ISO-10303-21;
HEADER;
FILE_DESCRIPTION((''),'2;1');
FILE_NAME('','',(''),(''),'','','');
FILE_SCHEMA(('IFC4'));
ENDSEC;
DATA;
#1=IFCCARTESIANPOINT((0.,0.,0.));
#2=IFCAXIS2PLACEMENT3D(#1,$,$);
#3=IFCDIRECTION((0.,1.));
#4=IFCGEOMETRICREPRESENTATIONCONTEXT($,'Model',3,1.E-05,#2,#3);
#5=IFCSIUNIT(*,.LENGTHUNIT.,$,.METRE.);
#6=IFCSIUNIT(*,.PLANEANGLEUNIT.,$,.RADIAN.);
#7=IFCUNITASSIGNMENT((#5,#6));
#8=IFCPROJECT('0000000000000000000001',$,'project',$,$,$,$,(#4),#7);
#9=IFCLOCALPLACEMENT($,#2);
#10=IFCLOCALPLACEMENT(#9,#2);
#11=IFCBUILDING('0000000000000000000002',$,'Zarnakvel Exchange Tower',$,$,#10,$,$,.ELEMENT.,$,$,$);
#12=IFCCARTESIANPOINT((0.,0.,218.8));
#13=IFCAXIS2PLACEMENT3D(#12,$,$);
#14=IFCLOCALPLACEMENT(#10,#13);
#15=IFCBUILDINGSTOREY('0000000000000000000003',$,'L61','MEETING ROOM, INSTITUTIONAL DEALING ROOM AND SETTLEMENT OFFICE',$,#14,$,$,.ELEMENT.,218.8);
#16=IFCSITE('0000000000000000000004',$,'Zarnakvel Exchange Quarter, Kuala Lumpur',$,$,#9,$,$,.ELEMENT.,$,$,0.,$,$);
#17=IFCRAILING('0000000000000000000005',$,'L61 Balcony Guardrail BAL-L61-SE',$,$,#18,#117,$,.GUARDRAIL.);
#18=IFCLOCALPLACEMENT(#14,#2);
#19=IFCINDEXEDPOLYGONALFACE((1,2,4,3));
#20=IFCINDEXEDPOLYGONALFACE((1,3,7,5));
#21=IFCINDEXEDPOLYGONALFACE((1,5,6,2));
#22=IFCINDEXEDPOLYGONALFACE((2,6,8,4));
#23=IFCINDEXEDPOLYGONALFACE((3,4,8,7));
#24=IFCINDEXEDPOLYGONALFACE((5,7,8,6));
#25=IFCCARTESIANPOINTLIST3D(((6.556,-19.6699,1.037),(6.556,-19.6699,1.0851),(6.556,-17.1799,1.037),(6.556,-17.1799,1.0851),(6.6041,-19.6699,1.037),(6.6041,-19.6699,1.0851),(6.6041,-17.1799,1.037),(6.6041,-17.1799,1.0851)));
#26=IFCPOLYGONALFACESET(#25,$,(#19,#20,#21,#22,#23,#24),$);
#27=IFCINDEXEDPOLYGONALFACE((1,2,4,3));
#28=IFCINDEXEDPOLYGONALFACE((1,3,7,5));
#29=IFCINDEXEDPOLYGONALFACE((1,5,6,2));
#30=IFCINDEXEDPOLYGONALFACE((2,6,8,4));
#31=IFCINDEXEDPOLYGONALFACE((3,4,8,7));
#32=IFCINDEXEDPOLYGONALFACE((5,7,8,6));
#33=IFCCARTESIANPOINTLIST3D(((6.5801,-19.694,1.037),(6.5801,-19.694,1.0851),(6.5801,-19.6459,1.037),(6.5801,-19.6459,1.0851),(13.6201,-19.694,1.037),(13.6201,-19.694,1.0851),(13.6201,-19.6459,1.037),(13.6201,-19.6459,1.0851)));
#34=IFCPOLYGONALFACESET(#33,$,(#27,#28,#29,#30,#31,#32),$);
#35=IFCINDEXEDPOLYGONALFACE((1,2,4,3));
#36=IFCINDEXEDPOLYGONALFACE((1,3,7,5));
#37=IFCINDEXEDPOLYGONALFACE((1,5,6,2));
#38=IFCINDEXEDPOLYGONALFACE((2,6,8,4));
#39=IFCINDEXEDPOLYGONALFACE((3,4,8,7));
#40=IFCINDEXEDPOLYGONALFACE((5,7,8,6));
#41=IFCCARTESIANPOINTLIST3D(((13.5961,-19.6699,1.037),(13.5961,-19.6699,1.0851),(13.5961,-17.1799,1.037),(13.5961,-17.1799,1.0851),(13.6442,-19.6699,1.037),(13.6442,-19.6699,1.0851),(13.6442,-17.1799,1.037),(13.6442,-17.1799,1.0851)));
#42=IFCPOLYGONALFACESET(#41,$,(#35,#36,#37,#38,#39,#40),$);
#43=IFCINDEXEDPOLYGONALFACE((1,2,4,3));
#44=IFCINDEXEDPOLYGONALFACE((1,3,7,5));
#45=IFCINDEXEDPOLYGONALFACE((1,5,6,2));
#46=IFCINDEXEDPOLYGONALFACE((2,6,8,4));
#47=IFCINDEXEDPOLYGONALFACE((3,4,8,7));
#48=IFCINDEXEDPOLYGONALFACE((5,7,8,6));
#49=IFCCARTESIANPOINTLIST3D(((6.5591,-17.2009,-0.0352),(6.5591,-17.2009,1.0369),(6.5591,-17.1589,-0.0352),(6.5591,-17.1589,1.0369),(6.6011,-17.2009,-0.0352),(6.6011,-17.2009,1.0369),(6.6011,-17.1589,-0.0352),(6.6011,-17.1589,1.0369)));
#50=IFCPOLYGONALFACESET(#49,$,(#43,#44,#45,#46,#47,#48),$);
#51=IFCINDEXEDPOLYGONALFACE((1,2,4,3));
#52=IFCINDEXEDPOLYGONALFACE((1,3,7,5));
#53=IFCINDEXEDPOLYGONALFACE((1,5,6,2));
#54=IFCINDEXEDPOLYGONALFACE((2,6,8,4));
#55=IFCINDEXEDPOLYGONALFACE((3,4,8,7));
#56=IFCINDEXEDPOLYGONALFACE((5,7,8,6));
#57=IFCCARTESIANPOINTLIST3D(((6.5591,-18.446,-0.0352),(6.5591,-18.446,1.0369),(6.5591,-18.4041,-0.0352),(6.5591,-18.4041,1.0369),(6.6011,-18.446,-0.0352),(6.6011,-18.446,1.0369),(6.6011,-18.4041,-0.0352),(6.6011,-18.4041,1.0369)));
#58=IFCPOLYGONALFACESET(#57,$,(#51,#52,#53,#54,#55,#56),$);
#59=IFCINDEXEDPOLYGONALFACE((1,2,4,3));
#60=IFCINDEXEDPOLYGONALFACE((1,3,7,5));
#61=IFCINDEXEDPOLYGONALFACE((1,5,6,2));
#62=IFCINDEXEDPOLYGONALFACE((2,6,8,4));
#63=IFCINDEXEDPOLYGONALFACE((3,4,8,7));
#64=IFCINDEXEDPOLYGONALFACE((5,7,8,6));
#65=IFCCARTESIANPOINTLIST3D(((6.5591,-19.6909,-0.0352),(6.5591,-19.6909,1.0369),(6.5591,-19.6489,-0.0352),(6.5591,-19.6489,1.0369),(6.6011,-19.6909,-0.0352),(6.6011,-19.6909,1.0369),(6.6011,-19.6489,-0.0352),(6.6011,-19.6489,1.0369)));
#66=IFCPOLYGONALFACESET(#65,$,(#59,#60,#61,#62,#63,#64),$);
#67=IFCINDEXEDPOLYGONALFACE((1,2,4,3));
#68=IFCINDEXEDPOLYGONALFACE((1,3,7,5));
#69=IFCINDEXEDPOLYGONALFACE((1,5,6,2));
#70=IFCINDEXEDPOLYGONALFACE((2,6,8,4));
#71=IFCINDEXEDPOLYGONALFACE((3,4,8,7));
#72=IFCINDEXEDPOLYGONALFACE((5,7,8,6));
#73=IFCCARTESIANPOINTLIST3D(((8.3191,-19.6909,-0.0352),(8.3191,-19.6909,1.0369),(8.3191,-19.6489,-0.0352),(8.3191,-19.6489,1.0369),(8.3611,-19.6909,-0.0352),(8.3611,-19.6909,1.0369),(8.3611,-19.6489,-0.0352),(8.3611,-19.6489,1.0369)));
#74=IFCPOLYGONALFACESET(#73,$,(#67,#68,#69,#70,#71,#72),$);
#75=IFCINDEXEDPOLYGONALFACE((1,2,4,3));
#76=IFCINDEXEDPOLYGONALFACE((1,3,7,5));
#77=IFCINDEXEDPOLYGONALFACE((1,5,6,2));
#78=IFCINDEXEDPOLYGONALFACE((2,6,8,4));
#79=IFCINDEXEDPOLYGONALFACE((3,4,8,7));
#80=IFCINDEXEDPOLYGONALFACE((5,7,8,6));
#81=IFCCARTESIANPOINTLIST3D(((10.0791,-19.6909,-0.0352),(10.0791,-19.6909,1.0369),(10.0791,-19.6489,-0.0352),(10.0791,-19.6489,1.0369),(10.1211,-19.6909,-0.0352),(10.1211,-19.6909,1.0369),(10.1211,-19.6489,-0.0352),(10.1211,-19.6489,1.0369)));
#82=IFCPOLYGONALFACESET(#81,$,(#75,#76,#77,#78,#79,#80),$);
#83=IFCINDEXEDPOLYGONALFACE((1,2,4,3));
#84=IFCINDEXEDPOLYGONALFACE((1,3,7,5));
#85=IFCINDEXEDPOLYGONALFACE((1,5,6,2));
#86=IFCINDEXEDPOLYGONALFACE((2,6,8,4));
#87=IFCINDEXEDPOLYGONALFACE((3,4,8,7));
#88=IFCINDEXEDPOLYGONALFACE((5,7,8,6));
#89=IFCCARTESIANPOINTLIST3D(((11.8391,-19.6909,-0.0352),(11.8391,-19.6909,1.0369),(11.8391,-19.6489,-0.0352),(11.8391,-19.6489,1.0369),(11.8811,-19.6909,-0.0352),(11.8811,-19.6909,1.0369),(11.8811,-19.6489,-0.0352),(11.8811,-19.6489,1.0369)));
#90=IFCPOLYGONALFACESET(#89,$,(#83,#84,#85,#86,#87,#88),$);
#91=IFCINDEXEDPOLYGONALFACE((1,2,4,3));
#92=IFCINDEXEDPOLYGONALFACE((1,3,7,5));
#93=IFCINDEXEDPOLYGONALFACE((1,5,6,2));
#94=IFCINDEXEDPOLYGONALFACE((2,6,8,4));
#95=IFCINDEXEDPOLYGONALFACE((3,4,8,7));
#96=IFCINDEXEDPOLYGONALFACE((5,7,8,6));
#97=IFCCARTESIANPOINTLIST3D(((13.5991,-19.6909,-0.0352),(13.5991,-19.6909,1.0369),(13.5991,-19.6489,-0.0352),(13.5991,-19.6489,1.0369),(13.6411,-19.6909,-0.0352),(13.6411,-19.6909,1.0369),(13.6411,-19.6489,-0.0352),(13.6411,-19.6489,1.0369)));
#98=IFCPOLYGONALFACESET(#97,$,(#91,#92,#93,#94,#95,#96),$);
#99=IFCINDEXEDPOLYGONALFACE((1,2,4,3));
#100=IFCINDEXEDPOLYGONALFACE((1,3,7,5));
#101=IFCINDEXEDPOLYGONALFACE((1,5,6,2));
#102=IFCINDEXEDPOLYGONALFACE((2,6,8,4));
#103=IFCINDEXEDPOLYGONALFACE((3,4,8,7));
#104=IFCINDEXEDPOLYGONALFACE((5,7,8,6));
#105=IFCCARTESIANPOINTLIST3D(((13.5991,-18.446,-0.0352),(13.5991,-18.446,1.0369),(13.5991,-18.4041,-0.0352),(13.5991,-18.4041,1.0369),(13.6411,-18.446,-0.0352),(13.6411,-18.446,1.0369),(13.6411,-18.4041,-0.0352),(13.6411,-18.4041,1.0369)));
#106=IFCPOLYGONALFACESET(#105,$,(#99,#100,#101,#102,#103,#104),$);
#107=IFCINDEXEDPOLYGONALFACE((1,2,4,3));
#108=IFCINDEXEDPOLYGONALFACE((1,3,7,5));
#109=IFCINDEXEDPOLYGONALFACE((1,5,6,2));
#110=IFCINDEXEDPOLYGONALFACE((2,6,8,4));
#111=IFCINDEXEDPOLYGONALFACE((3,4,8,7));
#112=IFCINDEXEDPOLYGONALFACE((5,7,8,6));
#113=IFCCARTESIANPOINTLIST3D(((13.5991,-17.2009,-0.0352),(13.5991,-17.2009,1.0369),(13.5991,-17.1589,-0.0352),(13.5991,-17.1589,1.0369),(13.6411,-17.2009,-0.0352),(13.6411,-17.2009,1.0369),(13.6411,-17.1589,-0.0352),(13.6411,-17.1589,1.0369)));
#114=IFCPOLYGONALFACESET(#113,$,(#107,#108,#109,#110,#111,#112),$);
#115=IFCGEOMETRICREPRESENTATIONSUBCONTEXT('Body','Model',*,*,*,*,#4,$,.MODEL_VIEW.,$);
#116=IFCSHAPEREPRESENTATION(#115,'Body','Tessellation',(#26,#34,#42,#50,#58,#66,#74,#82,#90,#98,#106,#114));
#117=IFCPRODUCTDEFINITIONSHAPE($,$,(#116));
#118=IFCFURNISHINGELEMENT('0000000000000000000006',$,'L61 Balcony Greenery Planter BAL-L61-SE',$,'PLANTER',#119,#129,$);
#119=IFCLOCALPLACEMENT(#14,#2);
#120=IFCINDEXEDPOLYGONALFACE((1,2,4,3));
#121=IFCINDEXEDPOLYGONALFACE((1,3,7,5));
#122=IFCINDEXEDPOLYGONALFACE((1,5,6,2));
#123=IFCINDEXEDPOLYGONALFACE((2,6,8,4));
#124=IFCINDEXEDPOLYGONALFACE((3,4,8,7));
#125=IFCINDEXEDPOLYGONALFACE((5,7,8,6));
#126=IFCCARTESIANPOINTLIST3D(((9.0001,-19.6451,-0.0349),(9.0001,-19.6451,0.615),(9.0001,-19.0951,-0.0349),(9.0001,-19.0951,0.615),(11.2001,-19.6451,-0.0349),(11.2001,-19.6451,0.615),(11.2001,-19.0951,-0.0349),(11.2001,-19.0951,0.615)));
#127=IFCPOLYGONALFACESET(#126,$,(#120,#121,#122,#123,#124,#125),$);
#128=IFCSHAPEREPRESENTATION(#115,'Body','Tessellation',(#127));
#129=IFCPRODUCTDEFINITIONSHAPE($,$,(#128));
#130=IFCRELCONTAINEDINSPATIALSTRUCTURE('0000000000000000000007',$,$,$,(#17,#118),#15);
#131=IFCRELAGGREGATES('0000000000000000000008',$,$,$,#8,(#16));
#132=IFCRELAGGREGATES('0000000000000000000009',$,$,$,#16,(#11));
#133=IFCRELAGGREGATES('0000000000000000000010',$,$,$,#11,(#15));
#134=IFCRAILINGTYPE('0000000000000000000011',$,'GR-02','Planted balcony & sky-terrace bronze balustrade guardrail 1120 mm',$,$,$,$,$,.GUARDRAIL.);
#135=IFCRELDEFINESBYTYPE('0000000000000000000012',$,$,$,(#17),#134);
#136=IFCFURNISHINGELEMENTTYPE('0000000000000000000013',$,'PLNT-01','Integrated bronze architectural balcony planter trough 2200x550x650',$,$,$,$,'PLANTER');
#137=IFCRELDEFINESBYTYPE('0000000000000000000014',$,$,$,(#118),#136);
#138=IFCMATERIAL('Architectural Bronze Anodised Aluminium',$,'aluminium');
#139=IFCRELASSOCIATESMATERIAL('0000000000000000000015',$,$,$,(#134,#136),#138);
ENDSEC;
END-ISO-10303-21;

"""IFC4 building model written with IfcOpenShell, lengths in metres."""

from ifc_helpers import new_model, si_unit, direction, frame, origin, origin_2d, place, context, subcontext, project, spatial, rectangle, extrude, source, transform, mapped, material, type_object, element, save


model = new_model("IFC4")

# Units and contexts
model_context = context("Model", 3, precision=1e-05, world=origin(), true_north=direction((0.0, 1.0)))
body_context = subcontext(model_context, "Body", "Model", "MODEL_VIEW")
ifc_project = project(units=[si_unit("LENGTHUNIT", "METRE"), si_unit("PLANEANGLEUNIT", "RADIAN")], contexts=[model_context])

# Site, building, storey
site_placement = place(None, origin())
site = spatial("IfcSite", under=ifc_project, at=site_placement, Name="Zarnakvel Exchange Quarter, Kuala Lumpur", CompositionType="ELEMENT", RefElevation=0.0)
building_placement = place(site_placement, origin())
building = spatial("IfcBuilding", under=site, at=building_placement, Name="Zarnakvel Exchange Tower", CompositionType="ELEMENT")
storey_placement = place(building_placement, frame((0.0, 0.0, 218.8)))
storey = spatial("IfcBuildingStorey", under=building, at=storey_placement, Name="L61", Description="MEETING ROOM, INSTITUTIONAL DEALING ROOM AND SETTLEMENT OFFICE", CompositionType="ELEMENT", Elevation=218.8)

# Shared definitions
ifc_material_1 = material(Name="Architectural Bronze Anodised Aluminium", Category="aluminium")

# Railing
railing_type = type_object("IfcRailingType", Name="GR-02", Description="Planted balcony & sky-terrace bronze balustrade guardrail 1120 mm", PredefinedType="GUARDRAIL", material=ifc_material_1)
railing_placement = place(storey_placement, frame((6.5801, -17.1799, -0.0352)))
element("IfcRailing", 1, at=railing_placement, inside=storey, type_object=railing_type, Name="L61 Balcony Guardrail BAL-L61-SE", PredefinedType="GUARDRAIL", context=body_context, shape_type="SweptSolid", body=[
    extrude(rectangle(XDim=0.0481, YDim=0.0481, at=origin_2d()), frame((0.0, 0.0, 1.0962), z_axis=(0.0, -1.0, 0.0), x_axis=(1.0, 0.0, 0.0)), (0.0, 0.0, 1.0), 2.49),
    extrude(rectangle(XDim=0.0481, YDim=0.0481, at=origin_2d()), frame((0.0, -2.49, 1.0962), z_axis=(1.0, 0.0, 0.0), x_axis=(0.0, 1.0, 0.0)), (0.0, 0.0, 1.0), 7.04),
    extrude(rectangle(XDim=0.0481, YDim=0.0481, at=origin_2d()), frame((7.04, -2.49, 1.0962), z_axis=(0.0, 1.0, 0.0), x_axis=(-1.0, 0.0, 0.0)), (0.0, 0.0, 1.0), 2.49),
    extrude(rectangle(XDim=0.042, YDim=0.042, at=origin_2d()), origin(), (0.0, 0.0, 1.0), 1.072),
    extrude(rectangle(XDim=0.042, YDim=0.042, at=origin_2d()), frame((0.0, -1.2451, 0.0)), (0.0, 0.0, 1.0), 1.072),
    extrude(rectangle(XDim=0.042, YDim=0.042, at=origin_2d()), frame((0.0, -2.49, 0.0)), (0.0, 0.0, 1.0), 1.072),
    extrude(rectangle(XDim=0.042, YDim=0.042, at=origin_2d()), frame((1.76, -2.49, 0.0)), (0.0, 0.0, 1.0), 1.072),
    extrude(rectangle(XDim=0.042, YDim=0.042, at=origin_2d()), frame((3.52, -2.49, 0.0)), (0.0, 0.0, 1.0), 1.072),
    extrude(rectangle(XDim=0.042, YDim=0.042, at=origin_2d()), frame((5.28, -2.49, 0.0)), (0.0, 0.0, 1.0), 1.072),
    extrude(rectangle(XDim=0.042, YDim=0.042, at=origin_2d()), frame((7.04, -2.49, 0.0)), (0.0, 0.0, 1.0), 1.072),
    extrude(rectangle(XDim=0.042, YDim=0.042, at=origin_2d()), frame((7.04, -1.2451, 0.0)), (0.0, 0.0, 1.0), 1.072),
    extrude(rectangle(XDim=0.042, YDim=0.042, at=origin_2d()), frame((7.04, 0.0, 0.0)), (0.0, 0.0, 1.0), 1.072),
])

# Furnishing element
furnishing_element_type = type_object("IfcFurnishingElementType", Name="PLNT-01", Description="Integrated bronze architectural balcony planter trough 2200x550x650", ElementType="PLANTER", material=ifc_material_1)
shared_shape_1 = source(origin(), body_context, "Body", "SweptSolid", [
    extrude(rectangle(XDim=2.2, YDim=0.55, at=origin_2d()), origin(), (0.0, 0.0, 1.0), 0.6499),
])
furnishing_placement = place(storey_placement, frame((10.1001, -19.3701, -0.0349), z_axis=(0.0, 0.0, 1.0), x_axis=(1.0, 0.0, 0.0)))
element("IfcFurnishingElement", 2, at=furnishing_placement, inside=storey, type_object=furnishing_element_type, Name="L61 Balcony Greenery Planter BAL-L61-SE", ObjectType="PLANTER", context=body_context, shape_type="MappedRepresentation", body=[
    mapped(shared_shape_1, transform((0.0, 0.0, 0.0), x_axis=(1.0, 0.0, 0.0), y_axis=(0.0, 1.0, 0.0), z_axis=(0.0, 0.0, 1.0), scale=1.0)),
])

save(model, "model.ifc")
